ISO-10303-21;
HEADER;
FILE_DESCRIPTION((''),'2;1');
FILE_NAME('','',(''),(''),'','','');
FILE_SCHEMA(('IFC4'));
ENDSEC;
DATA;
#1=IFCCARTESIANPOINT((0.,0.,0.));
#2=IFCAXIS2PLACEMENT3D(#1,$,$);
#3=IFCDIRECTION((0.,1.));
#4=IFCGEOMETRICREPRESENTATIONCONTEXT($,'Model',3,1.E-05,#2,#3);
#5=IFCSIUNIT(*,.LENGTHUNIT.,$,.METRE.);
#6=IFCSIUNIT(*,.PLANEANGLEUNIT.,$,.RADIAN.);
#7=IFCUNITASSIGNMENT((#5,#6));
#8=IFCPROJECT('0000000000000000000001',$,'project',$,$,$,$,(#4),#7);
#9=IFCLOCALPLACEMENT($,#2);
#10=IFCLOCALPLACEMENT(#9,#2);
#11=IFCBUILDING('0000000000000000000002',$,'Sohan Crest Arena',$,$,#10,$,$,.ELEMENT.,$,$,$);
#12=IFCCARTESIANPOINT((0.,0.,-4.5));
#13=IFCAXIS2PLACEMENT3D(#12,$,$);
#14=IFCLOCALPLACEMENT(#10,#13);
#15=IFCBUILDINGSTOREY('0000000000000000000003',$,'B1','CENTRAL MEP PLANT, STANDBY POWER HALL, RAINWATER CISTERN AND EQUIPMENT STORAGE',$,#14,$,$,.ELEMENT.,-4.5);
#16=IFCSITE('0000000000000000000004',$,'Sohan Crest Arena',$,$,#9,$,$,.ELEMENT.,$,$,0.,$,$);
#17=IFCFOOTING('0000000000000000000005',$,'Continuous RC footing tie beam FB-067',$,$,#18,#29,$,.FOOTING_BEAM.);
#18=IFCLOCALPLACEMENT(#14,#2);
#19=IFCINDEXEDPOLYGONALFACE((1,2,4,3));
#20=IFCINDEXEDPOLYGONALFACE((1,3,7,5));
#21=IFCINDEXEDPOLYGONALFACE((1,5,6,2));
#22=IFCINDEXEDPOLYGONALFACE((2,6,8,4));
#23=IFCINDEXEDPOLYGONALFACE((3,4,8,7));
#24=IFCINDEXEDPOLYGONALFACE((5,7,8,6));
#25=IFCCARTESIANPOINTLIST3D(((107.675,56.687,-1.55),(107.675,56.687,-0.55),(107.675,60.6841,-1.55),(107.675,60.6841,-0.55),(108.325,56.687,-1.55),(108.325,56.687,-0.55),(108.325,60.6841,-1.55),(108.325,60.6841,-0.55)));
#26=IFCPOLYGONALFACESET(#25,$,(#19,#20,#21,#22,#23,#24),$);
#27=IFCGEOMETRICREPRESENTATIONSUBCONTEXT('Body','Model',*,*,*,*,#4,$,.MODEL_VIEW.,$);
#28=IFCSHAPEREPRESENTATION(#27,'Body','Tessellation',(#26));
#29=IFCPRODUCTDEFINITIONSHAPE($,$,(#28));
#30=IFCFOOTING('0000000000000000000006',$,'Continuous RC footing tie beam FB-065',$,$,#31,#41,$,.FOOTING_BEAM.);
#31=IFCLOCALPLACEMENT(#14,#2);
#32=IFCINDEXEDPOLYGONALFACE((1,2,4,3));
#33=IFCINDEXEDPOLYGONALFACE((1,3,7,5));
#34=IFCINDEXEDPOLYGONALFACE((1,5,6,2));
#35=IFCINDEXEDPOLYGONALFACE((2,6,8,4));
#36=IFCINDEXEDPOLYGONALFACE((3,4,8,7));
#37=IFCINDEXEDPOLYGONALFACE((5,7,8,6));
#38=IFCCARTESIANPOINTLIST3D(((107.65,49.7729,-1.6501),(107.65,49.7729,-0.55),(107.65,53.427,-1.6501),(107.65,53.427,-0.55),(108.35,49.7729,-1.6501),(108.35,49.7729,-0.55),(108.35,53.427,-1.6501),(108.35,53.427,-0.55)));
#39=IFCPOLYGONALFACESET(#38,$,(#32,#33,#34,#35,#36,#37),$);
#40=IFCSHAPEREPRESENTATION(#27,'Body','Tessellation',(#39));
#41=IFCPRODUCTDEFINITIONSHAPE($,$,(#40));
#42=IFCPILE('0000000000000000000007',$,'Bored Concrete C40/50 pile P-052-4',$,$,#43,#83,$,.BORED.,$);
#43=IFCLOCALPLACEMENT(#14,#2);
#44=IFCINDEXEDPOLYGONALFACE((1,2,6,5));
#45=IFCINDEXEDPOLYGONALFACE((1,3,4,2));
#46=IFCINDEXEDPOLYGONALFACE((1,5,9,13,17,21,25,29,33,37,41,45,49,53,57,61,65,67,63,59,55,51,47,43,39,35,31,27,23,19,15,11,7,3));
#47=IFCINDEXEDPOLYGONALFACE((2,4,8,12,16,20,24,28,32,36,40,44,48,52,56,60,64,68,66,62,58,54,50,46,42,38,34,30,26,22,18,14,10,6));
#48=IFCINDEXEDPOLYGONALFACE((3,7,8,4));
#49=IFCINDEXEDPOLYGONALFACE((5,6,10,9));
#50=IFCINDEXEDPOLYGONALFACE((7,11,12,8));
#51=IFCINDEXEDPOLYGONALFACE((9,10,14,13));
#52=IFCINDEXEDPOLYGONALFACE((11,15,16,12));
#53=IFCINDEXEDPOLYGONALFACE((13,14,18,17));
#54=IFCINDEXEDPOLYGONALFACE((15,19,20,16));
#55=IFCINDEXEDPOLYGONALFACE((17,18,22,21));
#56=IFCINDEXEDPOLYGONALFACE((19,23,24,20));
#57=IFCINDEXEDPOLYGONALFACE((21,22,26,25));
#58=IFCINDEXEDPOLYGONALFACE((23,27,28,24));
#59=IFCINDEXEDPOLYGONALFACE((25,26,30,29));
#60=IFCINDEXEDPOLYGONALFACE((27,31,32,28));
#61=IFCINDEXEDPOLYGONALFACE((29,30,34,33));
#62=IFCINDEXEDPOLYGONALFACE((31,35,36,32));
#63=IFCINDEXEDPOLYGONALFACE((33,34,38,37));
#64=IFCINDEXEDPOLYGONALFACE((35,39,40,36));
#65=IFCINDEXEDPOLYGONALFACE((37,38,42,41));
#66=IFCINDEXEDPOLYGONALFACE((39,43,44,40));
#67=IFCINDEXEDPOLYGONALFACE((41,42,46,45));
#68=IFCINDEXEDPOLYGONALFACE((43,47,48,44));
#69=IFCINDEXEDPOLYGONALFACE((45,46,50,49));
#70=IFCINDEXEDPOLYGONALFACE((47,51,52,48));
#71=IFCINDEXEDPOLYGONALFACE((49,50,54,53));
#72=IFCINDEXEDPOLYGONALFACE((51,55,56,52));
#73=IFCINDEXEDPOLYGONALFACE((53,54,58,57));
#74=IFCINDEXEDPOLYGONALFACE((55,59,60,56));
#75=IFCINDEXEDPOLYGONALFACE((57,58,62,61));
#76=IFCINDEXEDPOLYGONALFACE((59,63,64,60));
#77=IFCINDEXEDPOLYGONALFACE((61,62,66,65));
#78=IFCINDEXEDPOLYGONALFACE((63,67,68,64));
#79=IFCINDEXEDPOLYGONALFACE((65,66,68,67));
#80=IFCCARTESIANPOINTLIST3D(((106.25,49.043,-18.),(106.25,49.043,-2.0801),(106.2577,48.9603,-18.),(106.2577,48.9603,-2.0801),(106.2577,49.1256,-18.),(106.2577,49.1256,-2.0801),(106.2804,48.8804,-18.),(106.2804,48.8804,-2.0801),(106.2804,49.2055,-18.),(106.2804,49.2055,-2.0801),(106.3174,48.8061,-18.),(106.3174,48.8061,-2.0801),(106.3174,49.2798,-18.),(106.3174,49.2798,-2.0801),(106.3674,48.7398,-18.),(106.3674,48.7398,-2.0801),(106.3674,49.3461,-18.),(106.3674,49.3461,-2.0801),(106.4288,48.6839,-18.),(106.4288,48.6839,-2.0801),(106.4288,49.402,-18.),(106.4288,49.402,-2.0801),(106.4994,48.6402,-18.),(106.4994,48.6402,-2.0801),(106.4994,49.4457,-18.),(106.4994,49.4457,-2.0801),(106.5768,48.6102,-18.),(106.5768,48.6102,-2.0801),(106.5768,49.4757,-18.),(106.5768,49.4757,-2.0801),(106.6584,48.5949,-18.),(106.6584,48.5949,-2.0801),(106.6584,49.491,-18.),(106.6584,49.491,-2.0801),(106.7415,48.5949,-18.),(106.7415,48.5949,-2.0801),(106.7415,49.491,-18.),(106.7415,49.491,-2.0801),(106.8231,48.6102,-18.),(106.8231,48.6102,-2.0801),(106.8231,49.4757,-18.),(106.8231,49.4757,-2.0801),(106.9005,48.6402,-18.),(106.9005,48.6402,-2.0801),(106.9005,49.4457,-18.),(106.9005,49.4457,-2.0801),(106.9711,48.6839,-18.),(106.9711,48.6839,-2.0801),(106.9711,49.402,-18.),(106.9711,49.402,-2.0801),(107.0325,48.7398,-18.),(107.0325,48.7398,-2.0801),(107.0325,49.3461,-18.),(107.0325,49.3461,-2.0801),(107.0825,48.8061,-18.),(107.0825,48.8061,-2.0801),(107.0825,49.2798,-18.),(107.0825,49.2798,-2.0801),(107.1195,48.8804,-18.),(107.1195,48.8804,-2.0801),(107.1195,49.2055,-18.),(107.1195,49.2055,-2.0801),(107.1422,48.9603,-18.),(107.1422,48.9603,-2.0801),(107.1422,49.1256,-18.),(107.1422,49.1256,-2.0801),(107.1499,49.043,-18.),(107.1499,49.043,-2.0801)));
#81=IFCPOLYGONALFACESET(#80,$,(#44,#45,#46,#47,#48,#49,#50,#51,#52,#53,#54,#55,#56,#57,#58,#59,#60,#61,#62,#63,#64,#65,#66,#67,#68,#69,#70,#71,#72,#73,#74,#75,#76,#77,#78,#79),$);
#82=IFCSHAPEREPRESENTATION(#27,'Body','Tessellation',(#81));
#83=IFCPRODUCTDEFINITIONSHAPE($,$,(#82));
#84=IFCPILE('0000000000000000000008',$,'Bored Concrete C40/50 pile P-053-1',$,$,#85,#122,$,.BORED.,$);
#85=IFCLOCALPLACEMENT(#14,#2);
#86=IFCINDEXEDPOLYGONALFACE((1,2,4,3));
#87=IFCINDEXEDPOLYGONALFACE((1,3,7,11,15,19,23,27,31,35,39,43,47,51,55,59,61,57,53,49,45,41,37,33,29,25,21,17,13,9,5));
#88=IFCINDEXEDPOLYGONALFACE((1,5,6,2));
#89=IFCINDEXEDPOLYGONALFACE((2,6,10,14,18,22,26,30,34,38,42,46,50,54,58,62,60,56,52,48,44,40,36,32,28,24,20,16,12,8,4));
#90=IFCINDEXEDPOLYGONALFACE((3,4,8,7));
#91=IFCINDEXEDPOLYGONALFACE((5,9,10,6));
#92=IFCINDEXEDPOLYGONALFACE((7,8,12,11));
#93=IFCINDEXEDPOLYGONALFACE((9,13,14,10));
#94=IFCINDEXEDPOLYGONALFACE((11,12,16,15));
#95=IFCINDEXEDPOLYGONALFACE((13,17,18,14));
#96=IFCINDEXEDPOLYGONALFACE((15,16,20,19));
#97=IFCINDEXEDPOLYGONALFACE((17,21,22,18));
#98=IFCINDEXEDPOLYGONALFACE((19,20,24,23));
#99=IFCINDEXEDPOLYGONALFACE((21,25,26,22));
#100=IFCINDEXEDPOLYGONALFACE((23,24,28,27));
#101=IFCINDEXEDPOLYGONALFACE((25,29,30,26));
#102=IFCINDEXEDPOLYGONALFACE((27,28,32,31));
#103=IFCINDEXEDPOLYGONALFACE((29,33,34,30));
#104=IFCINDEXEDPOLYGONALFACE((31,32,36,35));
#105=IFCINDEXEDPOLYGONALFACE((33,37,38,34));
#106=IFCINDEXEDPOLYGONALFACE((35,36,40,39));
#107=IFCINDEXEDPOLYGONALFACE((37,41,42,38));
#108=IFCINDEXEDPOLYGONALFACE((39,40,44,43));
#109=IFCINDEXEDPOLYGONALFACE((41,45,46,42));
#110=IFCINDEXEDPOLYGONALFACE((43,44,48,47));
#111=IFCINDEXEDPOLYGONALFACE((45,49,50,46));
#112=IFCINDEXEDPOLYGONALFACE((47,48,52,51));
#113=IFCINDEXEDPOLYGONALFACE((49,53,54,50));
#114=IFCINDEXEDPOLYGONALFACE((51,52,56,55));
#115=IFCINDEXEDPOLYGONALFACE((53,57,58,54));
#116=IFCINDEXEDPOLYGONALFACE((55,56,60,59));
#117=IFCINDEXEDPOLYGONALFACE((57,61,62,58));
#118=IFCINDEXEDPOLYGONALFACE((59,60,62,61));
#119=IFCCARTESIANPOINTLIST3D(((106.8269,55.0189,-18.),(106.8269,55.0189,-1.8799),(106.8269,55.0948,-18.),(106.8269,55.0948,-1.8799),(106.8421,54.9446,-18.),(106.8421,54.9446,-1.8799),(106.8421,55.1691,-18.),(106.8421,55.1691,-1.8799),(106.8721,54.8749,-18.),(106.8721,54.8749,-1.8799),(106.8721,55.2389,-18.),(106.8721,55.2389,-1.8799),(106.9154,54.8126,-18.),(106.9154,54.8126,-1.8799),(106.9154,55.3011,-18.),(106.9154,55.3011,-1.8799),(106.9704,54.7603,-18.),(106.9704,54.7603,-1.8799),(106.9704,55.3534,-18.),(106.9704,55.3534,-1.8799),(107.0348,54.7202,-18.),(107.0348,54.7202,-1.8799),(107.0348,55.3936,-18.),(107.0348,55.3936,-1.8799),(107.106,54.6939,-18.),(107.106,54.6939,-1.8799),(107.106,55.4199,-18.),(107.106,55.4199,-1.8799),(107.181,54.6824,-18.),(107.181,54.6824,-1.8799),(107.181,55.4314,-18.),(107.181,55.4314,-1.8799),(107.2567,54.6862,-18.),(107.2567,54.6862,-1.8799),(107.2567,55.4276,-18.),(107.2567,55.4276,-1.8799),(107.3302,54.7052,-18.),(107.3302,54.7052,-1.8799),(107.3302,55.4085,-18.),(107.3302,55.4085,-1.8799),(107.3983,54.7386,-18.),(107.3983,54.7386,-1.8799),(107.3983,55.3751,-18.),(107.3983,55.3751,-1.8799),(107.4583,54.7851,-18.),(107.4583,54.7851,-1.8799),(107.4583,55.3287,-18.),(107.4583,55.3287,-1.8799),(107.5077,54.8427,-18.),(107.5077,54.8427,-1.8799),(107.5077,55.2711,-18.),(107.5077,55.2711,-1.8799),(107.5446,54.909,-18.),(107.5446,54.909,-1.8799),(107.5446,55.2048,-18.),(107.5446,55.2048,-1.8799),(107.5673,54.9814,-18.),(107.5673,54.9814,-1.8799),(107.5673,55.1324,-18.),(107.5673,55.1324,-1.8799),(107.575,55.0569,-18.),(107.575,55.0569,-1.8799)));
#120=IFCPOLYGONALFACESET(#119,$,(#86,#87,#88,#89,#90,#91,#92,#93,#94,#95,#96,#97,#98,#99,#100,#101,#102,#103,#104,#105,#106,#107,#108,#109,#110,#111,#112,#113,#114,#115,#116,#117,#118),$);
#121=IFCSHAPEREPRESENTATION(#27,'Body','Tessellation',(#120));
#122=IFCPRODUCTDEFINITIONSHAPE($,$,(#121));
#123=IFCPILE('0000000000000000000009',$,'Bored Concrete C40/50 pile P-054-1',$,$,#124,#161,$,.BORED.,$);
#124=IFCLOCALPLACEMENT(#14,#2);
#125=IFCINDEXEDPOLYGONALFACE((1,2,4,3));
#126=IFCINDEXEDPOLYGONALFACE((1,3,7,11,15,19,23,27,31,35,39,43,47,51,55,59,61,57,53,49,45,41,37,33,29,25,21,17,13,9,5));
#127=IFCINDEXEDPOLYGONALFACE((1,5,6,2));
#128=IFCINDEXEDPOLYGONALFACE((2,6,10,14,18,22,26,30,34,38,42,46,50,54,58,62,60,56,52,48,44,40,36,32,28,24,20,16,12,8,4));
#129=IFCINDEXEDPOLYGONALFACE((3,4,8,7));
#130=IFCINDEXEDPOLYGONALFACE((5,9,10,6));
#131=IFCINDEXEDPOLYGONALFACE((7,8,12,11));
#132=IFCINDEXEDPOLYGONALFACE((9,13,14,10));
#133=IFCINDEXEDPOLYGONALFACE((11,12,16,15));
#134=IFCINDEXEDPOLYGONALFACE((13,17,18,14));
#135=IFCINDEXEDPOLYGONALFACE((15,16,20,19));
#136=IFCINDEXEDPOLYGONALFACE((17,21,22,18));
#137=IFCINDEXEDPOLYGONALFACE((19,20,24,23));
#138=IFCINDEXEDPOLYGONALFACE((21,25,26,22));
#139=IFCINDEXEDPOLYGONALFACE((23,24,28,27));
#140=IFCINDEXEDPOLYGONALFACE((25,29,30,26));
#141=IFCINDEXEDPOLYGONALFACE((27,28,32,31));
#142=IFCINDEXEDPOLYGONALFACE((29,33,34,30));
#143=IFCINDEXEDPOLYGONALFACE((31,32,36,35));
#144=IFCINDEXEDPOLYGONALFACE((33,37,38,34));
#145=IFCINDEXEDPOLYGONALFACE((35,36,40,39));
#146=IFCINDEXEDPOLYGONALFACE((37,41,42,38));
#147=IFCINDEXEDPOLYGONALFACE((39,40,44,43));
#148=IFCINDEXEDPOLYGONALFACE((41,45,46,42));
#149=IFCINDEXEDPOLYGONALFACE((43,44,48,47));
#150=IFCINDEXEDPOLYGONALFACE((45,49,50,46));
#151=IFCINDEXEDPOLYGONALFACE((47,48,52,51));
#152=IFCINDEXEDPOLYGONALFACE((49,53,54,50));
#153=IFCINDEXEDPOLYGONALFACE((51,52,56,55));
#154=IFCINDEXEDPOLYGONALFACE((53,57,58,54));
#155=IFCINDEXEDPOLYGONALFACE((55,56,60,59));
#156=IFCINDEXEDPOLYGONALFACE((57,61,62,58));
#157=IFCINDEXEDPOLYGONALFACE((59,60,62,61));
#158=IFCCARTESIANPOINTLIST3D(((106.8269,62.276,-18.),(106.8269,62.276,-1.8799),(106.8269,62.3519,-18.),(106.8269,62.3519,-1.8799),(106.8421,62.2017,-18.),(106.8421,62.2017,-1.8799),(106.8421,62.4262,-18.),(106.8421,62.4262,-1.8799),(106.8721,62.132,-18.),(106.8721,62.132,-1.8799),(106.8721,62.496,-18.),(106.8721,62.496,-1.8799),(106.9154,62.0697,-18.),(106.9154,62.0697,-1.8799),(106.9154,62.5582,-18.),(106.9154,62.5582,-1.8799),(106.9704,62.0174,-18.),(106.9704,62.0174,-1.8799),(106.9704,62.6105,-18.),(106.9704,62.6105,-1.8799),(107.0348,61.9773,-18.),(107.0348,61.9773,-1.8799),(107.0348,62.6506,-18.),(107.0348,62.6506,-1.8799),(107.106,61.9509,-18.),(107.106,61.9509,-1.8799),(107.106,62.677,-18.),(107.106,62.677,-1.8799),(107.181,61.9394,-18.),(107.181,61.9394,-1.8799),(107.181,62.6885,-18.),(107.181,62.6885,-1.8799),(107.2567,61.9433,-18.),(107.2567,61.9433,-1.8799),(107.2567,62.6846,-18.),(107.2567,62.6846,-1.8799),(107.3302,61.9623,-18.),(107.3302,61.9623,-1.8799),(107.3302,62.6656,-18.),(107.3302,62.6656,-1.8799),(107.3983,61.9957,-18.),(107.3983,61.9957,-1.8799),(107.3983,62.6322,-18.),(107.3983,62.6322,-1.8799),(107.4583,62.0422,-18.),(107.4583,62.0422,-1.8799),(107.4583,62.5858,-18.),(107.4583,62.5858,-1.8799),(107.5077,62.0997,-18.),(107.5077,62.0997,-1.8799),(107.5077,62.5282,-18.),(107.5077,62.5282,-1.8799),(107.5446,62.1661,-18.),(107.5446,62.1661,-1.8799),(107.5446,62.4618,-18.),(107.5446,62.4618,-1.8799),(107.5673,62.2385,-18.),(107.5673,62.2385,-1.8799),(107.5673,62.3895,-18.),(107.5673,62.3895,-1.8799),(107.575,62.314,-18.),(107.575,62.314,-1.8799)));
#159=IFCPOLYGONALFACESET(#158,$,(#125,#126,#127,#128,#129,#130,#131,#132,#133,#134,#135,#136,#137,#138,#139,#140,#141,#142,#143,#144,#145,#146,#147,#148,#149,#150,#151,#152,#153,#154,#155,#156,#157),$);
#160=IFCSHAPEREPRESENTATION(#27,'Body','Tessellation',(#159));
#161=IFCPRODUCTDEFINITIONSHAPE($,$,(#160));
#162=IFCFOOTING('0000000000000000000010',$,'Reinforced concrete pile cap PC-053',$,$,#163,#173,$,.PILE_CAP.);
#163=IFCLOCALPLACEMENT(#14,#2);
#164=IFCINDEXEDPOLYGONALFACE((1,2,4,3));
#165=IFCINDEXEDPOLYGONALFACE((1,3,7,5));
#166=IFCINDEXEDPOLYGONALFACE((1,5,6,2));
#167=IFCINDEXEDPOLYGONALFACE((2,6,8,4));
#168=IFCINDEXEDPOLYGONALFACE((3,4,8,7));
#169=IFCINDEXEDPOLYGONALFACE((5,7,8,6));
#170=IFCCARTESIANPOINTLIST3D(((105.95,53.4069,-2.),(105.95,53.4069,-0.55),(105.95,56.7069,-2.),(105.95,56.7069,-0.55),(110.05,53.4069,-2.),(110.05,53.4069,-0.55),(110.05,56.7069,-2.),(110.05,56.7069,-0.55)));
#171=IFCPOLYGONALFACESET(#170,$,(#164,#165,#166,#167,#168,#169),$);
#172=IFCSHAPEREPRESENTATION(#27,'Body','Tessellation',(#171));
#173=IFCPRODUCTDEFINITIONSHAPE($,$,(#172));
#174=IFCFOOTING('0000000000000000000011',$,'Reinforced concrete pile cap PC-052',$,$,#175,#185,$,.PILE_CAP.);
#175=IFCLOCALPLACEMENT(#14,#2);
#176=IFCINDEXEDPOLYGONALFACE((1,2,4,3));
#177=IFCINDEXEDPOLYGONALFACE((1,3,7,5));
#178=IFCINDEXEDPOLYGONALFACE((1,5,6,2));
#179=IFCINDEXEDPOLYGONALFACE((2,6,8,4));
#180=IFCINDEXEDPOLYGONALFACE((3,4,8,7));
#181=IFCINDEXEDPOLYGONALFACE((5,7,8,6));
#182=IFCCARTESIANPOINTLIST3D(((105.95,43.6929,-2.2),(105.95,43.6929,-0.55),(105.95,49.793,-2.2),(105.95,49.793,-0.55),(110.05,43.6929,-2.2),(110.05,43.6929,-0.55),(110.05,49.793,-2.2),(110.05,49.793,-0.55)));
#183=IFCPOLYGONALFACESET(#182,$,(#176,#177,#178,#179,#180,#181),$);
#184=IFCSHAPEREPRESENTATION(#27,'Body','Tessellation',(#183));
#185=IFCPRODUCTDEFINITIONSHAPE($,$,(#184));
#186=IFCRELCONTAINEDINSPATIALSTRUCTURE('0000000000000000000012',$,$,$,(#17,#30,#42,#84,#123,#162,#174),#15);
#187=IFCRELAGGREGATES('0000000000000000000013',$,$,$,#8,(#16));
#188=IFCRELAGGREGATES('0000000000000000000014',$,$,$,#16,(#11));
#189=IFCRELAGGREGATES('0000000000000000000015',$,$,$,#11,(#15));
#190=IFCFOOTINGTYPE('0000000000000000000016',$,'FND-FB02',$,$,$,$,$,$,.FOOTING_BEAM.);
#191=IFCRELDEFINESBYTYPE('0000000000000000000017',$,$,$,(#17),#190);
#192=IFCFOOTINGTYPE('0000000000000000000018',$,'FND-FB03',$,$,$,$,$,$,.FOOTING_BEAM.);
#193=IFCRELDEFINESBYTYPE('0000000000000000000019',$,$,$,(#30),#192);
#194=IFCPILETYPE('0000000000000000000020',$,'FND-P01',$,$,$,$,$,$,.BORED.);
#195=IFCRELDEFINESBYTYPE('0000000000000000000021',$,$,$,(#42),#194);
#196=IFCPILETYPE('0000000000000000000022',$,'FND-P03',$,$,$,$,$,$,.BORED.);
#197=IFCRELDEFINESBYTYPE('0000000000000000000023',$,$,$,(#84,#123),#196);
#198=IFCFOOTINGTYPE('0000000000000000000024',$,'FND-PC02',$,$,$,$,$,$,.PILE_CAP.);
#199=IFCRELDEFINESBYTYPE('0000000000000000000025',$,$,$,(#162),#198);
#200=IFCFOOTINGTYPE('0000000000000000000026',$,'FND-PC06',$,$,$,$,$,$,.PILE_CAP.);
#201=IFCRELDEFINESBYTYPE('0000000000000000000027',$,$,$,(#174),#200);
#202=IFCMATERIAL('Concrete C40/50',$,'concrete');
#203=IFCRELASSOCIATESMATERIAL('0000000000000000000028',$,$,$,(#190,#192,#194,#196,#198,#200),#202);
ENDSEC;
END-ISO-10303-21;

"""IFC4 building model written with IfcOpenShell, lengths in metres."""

from ifc_helpers import new_model, si_unit, direction, frame, origin, origin_2d, place, context, subcontext, project, spatial, rectangle, circle, extrude, material, material_profile, profile_set, type_object, element, save


model = new_model("IFC4")

# Units and contexts
model_context = context("Model", 3, precision=1e-05, world=origin(), true_north=direction((0.0, 1.0)))
body_context = subcontext(model_context, "Body", "Model", "MODEL_VIEW")
ifc_project = project(units=[si_unit("LENGTHUNIT", "METRE"), si_unit("PLANEANGLEUNIT", "RADIAN")], contexts=[model_context])

# Site, building, storey
site_placement = place(None, origin())
site = spatial("IfcSite", under=ifc_project, at=site_placement, Name="Sohan Crest Arena", CompositionType="ELEMENT", RefElevation=0.0)
building_placement = place(site_placement, origin())
building = spatial("IfcBuilding", under=site, at=building_placement, Name="Sohan Crest Arena", CompositionType="ELEMENT")
storey_placement = place(building_placement, frame((0.0, 0.0, -4.5)))
storey = spatial("IfcBuildingStorey", under=building, at=storey_placement, Name="B1", Description="CENTRAL MEP PLANT, STANDBY POWER HALL, RAINWATER CISTERN AND EQUIPMENT STORAGE", CompositionType="ELEMENT", Elevation=-4.5)

# Footings
ifc_material_1 = material(Name="Concrete C40/50", Category="concrete")
ifc_material_profile_1 = material_profile(ifc_material_1, rectangle(XDim=0.6499, YDim=1.0, at=origin_2d()), Name="RC-FB 650x1000")
ifc_profile_set_1 = profile_set([ifc_material_profile_1], Name="Concrete C40/50")
footing_type_1 = type_object("IfcFootingType", Name="FND-FB02", PredefinedType="FOOTING_BEAM", material=ifc_profile_set_1)
footing_1_placement = place(storey_placement, frame((108.0, 56.687, -1.05), z_axis=(0.0, 1.0, 0.0), x_axis=(-1.0, 0.0, 0.0)))
element("IfcFooting", 1, at=footing_1_placement, inside=storey, type_object=footing_type_1, Name="Continuous RC footing tie beam FB-067", PredefinedType="FOOTING_BEAM", context=body_context, shape_type="SweptSolid", body=[
    extrude(rectangle(XDim=0.6499, YDim=1.0, at=origin_2d()), origin(), (0.0, 0.0, 1.0), 3.9971),
])
ifc_material_profile_2 = material_profile(ifc_material_1, rectangle(XDim=0.7, YDim=1.1001, at=origin_2d()), Name="RC-FB 700x1100")
ifc_profile_set_2 = profile_set([ifc_material_profile_2], Name="Concrete C40/50")
footing_type_2 = type_object("IfcFootingType", Name="FND-FB03", PredefinedType="FOOTING_BEAM", material=ifc_profile_set_2)
footing_2_placement = place(storey_placement, frame((108.0, 49.7729, -1.1001), z_axis=(0.0, 1.0, 0.0), x_axis=(-1.0, 0.0, 0.0)))
element("IfcFooting", 2, at=footing_2_placement, inside=storey, type_object=footing_type_2, Name="Continuous RC footing tie beam FB-065", PredefinedType="FOOTING_BEAM", context=body_context, shape_type="SweptSolid", body=[
    extrude(rectangle(XDim=0.7, YDim=1.1001, at=origin_2d()), origin(), (0.0, 0.0, 1.0), 3.6541),
])

# Piles
ifc_material_profile_3 = material_profile(ifc_material_1, circle(Radius=0.45, at=origin_2d()), Name="PILE D900")
ifc_profile_set_3 = profile_set([ifc_material_profile_3], Name="Concrete C40/50")
pile_type_1 = type_object("IfcPileType", Name="FND-P01", PredefinedType="BORED", material=ifc_profile_set_3)
pile_placement = place(storey_placement, frame((106.7, 49.043, -18.0), z_axis=(0.0, 0.0, 1.0), x_axis=(1.0, 0.0, 0.0)))
element("IfcPile", 3, at=pile_placement, inside=storey, type_object=pile_type_1, Name="Bored Concrete C40/50 pile P-052-4", PredefinedType="BORED", context=body_context, shape_type="SweptSolid", body=[
    extrude(circle(Radius=0.45, at=origin_2d()), origin(), (0.0, 0.0, 1.0), 15.9199),
])
ifc_material_profile_4 = material_profile(ifc_material_1, circle(Radius=0.375, at=origin_2d()), Name="PILE D750")
ifc_profile_set_4 = profile_set([ifc_material_profile_4], Name="Concrete C40/50")
pile_type_2 = type_object("IfcPileType", Name="FND-P03", PredefinedType="BORED", material=ifc_profile_set_4)
for number, where, z_axis, x_axis, name in (
    (4, (107.2, 55.0569, -18.0), (0.0, 0.0, 1.0), (1.0, 0.0, 0.0), "Bored Concrete C40/50 pile P-053-1"),
    (5, (107.2, 62.314, -18.0), (0.0, 0.0, 1.0), (1.0, 0.0, 0.0), "Bored Concrete C40/50 pile P-054-1"),
):
    element("IfcPile", number, at=place(storey_placement, frame(where, z_axis=z_axis, x_axis=x_axis)), inside=storey, type_object=pile_type_2, Name=name, PredefinedType="BORED", context=body_context, shape_type="SweptSolid", body=[
        extrude(circle(Radius=0.375, at=origin_2d()), origin(), (0.0, 0.0, 1.0), 16.1201),
    ])

# Footings
footing_type_3 = type_object("IfcFootingType", Name="FND-PC02", PredefinedType="PILE_CAP", material=ifc_material_1)
footing_3_placement = place(storey_placement, frame((108.0, 55.0569, -2.0), z_axis=(0.0, 0.0, 1.0), x_axis=(1.0, 0.0, 0.0)))
element("IfcFooting", 6, at=footing_3_placement, inside=storey, type_object=footing_type_3, Name="Reinforced concrete pile cap PC-053", PredefinedType="PILE_CAP", context=body_context, shape_type="SweptSolid", body=[
    extrude(rectangle(XDim=4.1001, YDim=3.3, at=origin_2d()), origin(), (0.0, 0.0, 1.0), 1.45),
])
footing_type_4 = type_object("IfcFootingType", Name="FND-PC06", PredefinedType="PILE_CAP", material=ifc_material_1)
footing_4_placement = place(storey_placement, frame((108.0, 46.7429, -2.2), z_axis=(0.0, 0.0, 1.0), x_axis=(0.0, 1.0, 0.0)))
element("IfcFooting", 7, at=footing_4_placement, inside=storey, type_object=footing_type_4, Name="Reinforced concrete pile cap PC-052", PredefinedType="PILE_CAP", context=body_context, shape_type="SweptSolid", body=[
    extrude(rectangle(XDim=6.1001, YDim=4.1001, at=origin_2d()), origin(), (0.0, 0.0, 1.0), 1.6499),
])

save(model, "model.ifc")
